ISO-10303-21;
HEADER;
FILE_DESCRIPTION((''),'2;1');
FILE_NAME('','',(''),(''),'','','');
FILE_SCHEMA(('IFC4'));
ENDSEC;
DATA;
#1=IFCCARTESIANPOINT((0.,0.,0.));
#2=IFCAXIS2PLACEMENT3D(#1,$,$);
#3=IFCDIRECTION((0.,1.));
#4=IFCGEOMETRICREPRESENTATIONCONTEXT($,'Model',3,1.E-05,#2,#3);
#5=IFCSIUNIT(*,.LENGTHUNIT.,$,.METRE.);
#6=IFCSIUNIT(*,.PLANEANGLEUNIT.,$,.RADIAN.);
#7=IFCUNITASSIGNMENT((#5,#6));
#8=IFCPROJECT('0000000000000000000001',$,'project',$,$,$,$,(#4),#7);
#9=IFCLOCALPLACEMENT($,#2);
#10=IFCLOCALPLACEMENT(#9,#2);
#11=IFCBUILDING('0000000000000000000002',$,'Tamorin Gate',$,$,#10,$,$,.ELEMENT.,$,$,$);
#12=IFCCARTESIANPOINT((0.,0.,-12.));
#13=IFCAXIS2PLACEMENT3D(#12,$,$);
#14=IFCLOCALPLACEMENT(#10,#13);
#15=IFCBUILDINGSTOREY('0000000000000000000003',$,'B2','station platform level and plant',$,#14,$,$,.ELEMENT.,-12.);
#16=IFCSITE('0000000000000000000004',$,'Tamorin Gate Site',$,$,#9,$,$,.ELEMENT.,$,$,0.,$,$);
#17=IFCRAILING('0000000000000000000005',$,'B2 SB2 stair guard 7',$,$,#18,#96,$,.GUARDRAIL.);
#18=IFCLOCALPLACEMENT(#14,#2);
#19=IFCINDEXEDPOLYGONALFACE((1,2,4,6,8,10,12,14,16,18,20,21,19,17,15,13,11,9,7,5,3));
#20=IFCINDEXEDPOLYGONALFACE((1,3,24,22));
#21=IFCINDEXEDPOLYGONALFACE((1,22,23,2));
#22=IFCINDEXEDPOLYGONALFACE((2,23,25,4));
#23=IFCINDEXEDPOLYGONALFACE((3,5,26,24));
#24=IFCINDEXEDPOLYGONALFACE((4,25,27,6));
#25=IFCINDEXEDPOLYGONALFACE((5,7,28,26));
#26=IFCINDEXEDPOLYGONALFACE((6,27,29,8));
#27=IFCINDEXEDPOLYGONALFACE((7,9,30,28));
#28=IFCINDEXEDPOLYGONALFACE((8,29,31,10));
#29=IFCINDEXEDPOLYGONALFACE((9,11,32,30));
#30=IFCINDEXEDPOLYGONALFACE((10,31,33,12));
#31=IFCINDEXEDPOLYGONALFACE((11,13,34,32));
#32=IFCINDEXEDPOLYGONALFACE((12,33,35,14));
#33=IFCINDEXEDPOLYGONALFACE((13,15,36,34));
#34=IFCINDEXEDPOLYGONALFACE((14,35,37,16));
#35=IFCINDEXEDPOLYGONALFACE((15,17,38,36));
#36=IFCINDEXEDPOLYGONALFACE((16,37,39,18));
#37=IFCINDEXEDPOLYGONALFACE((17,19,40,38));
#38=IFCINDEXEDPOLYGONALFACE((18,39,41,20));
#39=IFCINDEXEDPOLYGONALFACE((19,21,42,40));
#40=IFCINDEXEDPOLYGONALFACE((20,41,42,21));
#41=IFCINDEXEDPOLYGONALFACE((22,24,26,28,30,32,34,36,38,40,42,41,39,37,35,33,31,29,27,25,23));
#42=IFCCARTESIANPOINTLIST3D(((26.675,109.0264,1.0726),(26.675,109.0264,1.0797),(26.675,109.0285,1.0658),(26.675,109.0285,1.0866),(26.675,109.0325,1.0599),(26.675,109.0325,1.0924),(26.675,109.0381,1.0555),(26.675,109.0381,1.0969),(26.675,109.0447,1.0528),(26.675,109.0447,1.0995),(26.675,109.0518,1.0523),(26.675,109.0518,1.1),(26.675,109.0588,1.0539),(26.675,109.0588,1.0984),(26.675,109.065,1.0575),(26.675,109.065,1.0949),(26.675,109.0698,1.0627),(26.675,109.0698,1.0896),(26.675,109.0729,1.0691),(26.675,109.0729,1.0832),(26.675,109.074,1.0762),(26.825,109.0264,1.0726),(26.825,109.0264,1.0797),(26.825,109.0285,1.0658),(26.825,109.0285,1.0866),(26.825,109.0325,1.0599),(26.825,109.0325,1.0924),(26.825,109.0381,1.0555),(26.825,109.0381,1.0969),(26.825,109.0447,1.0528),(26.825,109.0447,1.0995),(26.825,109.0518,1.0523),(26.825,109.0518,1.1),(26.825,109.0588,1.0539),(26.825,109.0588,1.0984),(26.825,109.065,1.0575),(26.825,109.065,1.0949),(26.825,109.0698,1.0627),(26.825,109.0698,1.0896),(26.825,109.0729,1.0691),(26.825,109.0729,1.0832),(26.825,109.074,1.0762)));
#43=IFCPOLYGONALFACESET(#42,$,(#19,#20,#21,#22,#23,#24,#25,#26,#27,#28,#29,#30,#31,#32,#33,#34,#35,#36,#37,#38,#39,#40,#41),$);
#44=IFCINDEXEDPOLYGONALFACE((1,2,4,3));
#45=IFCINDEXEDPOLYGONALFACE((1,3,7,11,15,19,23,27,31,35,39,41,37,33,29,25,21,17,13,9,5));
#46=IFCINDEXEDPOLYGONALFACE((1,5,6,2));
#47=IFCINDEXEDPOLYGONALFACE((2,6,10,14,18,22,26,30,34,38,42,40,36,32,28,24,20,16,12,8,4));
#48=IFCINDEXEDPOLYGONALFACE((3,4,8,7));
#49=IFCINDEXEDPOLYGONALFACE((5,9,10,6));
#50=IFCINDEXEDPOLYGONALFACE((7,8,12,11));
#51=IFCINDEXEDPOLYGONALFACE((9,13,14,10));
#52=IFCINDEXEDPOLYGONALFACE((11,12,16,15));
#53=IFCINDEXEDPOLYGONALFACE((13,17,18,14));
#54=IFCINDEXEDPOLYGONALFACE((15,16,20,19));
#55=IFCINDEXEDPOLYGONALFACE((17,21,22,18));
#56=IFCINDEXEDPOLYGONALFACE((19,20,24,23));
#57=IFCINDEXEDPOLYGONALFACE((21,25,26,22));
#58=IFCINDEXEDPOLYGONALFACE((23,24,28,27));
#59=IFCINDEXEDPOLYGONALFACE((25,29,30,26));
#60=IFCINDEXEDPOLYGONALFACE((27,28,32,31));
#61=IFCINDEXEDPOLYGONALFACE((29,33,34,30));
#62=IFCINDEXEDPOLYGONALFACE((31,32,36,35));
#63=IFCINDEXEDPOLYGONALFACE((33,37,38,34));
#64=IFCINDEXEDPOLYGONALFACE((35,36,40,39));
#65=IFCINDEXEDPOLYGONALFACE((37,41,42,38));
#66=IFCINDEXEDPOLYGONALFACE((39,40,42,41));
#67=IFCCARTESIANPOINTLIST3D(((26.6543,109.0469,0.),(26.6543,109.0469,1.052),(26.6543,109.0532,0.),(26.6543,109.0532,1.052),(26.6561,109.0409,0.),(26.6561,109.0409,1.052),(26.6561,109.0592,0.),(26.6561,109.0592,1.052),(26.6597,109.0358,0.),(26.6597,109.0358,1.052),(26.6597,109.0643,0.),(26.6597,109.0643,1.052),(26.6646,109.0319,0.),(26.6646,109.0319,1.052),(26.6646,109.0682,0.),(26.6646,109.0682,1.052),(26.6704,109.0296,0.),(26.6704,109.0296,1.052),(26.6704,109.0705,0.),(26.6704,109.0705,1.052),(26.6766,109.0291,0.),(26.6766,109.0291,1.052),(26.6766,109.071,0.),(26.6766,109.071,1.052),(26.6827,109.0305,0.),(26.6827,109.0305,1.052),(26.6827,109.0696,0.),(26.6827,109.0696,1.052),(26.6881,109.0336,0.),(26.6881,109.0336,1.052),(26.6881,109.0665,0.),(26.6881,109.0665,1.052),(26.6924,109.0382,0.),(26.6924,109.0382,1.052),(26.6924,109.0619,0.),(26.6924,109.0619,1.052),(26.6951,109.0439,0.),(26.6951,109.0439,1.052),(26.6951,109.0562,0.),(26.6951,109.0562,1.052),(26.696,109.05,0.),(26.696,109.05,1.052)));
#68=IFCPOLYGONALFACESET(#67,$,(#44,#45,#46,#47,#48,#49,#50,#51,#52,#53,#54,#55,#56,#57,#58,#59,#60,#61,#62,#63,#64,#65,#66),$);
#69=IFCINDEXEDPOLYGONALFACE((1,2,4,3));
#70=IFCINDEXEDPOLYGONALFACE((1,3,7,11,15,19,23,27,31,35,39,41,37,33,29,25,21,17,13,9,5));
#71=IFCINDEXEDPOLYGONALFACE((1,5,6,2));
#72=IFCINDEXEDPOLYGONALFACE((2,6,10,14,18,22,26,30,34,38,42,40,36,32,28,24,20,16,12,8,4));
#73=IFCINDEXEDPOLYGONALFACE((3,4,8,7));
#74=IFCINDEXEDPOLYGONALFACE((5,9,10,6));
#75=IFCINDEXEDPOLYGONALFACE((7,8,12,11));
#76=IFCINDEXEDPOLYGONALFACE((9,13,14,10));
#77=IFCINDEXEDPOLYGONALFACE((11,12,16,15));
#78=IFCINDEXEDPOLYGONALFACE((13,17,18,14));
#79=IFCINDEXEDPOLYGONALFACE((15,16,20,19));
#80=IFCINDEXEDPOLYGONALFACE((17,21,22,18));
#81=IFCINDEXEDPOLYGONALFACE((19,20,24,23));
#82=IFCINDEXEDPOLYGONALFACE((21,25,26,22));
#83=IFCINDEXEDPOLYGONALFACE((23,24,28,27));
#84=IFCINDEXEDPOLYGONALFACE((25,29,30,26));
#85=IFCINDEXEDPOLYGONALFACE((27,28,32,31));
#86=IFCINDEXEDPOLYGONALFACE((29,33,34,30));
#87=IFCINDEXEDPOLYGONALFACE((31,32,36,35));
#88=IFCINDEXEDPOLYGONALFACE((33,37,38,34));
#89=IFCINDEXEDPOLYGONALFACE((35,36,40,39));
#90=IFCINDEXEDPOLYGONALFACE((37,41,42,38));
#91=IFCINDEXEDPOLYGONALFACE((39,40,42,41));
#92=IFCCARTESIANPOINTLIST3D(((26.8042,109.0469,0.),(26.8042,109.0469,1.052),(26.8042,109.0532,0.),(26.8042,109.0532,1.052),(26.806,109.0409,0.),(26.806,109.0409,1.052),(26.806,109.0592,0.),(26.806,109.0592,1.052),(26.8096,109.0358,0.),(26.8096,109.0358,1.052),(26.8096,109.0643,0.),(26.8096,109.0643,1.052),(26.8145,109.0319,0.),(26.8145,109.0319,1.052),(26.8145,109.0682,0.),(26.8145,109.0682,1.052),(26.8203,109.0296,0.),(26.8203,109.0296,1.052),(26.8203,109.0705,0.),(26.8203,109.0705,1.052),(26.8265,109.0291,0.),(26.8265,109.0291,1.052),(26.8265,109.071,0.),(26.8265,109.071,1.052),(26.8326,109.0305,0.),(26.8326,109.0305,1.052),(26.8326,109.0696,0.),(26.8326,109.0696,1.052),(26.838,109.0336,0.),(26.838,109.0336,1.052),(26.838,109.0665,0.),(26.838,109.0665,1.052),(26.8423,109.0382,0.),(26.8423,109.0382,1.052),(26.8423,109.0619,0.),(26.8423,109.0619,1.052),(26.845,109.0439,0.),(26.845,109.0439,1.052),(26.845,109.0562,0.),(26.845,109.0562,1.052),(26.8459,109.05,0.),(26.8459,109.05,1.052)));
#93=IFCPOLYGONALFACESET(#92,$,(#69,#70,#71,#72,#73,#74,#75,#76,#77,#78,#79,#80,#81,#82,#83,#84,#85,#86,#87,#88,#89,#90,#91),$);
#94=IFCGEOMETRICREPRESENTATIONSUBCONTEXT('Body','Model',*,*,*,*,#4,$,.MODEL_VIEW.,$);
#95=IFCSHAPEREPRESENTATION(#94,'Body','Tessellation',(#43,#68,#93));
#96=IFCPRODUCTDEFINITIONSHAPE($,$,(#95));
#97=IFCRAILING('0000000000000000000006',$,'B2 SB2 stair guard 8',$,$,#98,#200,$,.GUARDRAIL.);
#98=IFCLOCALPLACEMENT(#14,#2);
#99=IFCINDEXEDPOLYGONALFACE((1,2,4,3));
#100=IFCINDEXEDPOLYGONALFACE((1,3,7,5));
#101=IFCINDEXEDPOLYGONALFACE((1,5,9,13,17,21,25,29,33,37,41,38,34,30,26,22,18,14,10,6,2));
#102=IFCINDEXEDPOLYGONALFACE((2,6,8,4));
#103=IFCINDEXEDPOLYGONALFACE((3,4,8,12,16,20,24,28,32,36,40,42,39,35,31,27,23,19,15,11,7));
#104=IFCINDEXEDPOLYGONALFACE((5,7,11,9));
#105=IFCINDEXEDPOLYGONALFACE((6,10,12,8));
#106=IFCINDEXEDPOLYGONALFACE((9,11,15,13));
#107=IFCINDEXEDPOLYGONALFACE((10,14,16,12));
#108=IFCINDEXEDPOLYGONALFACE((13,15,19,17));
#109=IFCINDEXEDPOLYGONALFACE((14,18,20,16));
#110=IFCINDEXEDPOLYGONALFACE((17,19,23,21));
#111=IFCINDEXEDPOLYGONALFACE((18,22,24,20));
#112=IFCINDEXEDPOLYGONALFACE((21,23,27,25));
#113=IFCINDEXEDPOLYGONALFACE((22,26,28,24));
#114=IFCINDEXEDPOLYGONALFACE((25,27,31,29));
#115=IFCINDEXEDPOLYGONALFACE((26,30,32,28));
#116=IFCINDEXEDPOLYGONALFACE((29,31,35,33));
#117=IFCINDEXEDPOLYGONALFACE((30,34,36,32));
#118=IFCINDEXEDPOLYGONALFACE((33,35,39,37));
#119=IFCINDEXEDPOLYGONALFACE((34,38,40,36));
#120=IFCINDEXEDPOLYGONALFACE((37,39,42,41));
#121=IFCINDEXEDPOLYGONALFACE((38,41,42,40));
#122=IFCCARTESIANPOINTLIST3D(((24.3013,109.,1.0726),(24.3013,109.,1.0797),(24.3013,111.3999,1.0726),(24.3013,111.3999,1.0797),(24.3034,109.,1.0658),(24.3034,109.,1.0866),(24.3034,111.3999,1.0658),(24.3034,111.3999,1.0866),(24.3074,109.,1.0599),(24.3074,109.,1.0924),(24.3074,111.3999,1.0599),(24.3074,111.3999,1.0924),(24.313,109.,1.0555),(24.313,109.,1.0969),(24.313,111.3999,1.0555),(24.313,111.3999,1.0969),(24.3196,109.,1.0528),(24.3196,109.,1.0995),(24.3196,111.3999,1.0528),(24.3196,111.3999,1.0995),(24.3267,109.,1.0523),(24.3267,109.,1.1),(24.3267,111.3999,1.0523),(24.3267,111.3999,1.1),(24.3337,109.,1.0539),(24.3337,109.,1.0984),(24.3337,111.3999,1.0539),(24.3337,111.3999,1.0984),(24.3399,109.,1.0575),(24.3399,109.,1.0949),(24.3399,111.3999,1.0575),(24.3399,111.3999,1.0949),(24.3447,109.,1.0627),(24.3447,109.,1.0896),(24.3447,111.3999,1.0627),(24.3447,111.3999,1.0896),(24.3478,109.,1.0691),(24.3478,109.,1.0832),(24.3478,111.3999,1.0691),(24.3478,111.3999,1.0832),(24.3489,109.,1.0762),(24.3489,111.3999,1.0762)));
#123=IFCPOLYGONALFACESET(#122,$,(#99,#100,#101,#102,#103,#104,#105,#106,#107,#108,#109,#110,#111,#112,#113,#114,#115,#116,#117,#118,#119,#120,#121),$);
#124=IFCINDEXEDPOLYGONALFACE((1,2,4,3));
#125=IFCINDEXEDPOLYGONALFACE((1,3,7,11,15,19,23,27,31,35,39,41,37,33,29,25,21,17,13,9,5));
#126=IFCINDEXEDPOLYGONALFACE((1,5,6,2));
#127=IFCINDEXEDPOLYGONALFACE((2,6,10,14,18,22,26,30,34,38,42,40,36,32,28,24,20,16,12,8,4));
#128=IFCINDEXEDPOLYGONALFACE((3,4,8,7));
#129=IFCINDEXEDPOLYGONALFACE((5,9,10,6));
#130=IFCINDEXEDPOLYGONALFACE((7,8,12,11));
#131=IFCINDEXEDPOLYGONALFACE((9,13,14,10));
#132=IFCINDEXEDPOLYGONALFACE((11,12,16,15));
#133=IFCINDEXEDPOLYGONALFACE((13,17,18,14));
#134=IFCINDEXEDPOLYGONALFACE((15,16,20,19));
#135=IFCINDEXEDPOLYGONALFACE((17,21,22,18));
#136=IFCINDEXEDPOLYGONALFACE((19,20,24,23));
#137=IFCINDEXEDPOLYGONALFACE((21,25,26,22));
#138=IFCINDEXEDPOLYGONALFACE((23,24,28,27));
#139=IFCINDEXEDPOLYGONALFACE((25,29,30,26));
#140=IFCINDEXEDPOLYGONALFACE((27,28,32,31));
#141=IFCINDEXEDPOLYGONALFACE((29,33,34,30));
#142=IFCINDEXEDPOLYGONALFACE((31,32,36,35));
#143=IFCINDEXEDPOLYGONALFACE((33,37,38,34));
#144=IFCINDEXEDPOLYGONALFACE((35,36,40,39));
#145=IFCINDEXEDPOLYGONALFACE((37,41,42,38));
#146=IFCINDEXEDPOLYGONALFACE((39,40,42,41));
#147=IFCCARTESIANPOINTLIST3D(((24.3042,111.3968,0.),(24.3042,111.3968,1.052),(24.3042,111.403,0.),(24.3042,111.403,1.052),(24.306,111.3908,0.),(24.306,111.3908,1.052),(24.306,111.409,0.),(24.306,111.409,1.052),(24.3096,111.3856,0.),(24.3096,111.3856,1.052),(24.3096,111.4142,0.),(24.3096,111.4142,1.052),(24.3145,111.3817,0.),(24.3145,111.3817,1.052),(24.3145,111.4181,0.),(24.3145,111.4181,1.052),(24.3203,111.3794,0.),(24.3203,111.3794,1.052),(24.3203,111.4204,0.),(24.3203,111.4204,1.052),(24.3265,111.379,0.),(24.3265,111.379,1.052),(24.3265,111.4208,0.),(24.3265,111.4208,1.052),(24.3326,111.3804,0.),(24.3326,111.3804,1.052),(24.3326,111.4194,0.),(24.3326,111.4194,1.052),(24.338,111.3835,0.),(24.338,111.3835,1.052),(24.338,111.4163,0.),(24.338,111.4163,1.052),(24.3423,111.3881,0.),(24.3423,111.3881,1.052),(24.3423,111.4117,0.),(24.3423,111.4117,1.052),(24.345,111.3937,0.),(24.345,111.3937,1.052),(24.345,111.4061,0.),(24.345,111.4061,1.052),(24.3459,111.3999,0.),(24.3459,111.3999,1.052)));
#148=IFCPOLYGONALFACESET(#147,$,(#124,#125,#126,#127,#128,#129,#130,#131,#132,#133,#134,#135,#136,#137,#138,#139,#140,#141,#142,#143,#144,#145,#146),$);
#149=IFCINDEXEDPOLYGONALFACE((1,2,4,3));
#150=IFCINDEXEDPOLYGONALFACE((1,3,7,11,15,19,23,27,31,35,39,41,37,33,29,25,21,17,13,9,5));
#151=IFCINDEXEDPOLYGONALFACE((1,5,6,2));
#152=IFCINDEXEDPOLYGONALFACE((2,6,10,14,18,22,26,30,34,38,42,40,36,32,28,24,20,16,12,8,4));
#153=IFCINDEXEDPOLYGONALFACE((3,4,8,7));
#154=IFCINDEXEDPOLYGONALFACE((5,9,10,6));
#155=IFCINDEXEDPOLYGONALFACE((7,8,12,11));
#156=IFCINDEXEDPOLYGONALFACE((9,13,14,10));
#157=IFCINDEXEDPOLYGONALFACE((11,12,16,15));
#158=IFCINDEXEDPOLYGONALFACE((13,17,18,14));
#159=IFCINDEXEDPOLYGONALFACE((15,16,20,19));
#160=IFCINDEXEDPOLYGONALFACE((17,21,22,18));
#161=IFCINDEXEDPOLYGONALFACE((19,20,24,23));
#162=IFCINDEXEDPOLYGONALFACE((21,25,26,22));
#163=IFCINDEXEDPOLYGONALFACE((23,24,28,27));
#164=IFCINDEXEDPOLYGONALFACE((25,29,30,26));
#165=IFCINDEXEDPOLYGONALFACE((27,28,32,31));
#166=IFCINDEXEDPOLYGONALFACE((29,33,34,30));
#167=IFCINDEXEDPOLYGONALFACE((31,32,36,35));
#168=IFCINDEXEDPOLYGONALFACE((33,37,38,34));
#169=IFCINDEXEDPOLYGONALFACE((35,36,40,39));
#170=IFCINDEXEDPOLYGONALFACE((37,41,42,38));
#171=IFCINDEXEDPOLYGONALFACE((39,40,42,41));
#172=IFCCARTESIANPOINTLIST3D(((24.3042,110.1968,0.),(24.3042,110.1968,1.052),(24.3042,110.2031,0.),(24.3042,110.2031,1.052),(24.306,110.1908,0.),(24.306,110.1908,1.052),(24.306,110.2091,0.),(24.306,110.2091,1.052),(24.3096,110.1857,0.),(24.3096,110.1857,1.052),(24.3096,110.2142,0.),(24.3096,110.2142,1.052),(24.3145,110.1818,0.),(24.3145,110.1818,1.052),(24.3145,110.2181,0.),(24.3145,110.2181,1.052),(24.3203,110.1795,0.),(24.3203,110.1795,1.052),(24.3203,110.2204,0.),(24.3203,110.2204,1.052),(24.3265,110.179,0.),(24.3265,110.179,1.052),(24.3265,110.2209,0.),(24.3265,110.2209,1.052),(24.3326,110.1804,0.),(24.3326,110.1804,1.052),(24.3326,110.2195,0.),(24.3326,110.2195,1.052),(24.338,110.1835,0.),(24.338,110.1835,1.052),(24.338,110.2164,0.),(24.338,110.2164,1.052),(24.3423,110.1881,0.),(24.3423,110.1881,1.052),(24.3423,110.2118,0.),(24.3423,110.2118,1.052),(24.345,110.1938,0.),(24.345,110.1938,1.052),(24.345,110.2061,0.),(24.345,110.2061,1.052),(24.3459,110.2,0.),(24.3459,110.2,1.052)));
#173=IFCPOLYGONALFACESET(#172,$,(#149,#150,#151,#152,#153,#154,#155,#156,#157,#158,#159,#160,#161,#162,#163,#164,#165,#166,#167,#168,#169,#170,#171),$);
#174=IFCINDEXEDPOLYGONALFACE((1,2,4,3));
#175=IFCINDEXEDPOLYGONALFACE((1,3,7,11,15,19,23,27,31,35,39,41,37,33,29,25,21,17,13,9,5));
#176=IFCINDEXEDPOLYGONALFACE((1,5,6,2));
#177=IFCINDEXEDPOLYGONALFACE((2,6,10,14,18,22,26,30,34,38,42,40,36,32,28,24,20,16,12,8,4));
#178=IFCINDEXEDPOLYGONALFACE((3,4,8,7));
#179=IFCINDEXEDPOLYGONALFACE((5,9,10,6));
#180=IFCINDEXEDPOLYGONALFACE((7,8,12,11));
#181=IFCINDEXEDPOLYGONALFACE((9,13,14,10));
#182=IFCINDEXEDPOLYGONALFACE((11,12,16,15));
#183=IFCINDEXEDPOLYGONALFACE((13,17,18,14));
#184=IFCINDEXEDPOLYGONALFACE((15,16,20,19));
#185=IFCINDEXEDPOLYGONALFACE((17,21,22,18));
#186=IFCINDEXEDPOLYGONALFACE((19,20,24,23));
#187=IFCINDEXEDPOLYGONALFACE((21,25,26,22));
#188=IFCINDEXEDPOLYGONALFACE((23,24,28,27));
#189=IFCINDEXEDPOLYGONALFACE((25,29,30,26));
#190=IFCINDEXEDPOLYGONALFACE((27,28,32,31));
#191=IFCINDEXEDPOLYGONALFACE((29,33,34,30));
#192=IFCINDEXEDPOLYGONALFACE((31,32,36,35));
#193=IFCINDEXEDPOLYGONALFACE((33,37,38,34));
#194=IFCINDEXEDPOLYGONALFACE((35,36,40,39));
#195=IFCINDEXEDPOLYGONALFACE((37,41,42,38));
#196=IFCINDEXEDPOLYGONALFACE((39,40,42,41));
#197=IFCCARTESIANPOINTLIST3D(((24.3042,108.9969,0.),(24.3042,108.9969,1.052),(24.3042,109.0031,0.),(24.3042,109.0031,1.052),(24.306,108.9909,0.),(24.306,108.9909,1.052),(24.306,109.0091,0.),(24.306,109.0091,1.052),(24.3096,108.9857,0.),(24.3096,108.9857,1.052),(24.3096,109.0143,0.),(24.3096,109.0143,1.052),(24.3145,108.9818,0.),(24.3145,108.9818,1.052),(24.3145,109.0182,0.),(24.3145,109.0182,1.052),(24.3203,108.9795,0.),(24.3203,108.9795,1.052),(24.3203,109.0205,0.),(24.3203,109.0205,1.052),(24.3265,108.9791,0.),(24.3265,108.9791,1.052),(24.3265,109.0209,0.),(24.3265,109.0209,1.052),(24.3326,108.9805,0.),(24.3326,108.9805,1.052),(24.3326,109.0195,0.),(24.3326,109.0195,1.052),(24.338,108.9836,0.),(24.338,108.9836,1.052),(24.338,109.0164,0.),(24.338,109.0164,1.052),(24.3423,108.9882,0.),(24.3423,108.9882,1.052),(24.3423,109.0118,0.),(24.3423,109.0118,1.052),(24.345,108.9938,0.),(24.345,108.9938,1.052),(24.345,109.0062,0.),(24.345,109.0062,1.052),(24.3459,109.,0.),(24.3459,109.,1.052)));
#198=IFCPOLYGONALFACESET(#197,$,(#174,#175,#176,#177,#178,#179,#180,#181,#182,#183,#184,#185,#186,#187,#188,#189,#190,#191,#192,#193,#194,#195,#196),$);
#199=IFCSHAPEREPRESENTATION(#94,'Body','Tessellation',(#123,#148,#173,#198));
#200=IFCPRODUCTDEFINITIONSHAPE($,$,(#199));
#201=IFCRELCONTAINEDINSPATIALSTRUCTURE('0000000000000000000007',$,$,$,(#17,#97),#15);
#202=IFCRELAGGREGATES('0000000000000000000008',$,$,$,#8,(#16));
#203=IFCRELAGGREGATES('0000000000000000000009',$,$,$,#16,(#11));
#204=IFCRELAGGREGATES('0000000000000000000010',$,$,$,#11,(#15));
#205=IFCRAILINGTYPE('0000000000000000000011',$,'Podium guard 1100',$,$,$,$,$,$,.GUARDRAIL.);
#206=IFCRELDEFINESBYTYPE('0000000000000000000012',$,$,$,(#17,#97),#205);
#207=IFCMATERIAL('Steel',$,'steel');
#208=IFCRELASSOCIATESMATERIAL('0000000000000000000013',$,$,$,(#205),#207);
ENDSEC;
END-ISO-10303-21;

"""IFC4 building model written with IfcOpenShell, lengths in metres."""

from ifc_helpers import new_model, si_unit, direction, frame, origin, origin_2d, place, context, subcontext, project, spatial, circle, extrude, material, type_object, element, save


model = new_model("IFC4")

# Units and contexts
model_context = context("Model", 3, precision=1e-05, world=origin(), true_north=direction((0.0, 1.0)))
body_context = subcontext(model_context, "Body", "Model", "MODEL_VIEW")
ifc_project = project(units=[si_unit("LENGTHUNIT", "METRE"), si_unit("PLANEANGLEUNIT", "RADIAN")], contexts=[model_context])

# Site, building, storey
site_placement = place(None, origin())
site = spatial("IfcSite", under=ifc_project, at=site_placement, Name="Tamorin Gate Site", CompositionType="ELEMENT", RefElevation=0.0)
building_placement = place(site_placement, origin())
building = spatial("IfcBuilding", under=site, at=building_placement, Name="Tamorin Gate", CompositionType="ELEMENT")
storey_placement = place(building_placement, frame((0.0, 0.0, -12.0)))
storey = spatial("IfcBuildingStorey", under=building, at=storey_placement, Name="B2", Description="station platform level and plant", CompositionType="ELEMENT", Elevation=-12.0)

# Railings
ifc_material_1 = material(Name="Steel", Category="steel")
railing_type_1 = type_object("IfcRailingType", Name="Podium guard 1100", PredefinedType="GUARDRAIL", material=ifc_material_1)
railing_1_placement = place(storey_placement, frame((26.675, 109.05, 0.0)))
element("IfcRailing", 1, at=railing_1_placement, inside=storey, type_object=railing_type_1, Name="B2 SB2 stair guard 7", PredefinedType="GUARDRAIL", context=body_context, shape_type="SweptSolid", body=[
    extrude(circle(Radius=0.0239, at=origin_2d()), frame((0.0, 0.0, 1.0762), z_axis=(1.0, 0.0, 0.0), x_axis=(0.0, 1.0, 0.0)), (0.0, 0.0, 1.0), 0.1499),
    extrude(circle(Radius=0.021, at=origin_2d()), origin(), (0.0, 0.0, 1.0), 1.052),
    extrude(circle(Radius=0.021, at=origin_2d()), frame((0.1499, 0.0, 0.0)), (0.0, 0.0, 1.0), 1.052),
])
for number, where, name in (
    (2, (24.325, 111.3999, 0.0), "B2 SB2 stair guard 8"),
):
    element("IfcRailing", number, at=place(storey_placement, frame(where)), inside=storey, type_object=railing_type_1, Name=name, PredefinedType="GUARDRAIL", context=body_context, shape_type="SweptSolid", body=[
        extrude(circle(Radius=0.0239, at=origin_2d()), frame((0.0, 0.0, 1.0762), z_axis=(0.0, -1.0, 0.0), x_axis=(1.0, 0.0, 0.0)), (0.0, 0.0, 1.0), 2.3999),
        extrude(circle(Radius=0.021, at=origin_2d()), origin(), (0.0, 0.0, 1.0), 1.052),
        extrude(circle(Radius=0.021, at=origin_2d()), frame((0.0, -1.2, 0.0)), (0.0, 0.0, 1.0), 1.052),
        extrude(circle(Radius=0.021, at=origin_2d()), frame((0.0, -2.3999, 0.0)), (0.0, 0.0, 1.0), 1.052),
    ])

save(model, "model.ifc")
